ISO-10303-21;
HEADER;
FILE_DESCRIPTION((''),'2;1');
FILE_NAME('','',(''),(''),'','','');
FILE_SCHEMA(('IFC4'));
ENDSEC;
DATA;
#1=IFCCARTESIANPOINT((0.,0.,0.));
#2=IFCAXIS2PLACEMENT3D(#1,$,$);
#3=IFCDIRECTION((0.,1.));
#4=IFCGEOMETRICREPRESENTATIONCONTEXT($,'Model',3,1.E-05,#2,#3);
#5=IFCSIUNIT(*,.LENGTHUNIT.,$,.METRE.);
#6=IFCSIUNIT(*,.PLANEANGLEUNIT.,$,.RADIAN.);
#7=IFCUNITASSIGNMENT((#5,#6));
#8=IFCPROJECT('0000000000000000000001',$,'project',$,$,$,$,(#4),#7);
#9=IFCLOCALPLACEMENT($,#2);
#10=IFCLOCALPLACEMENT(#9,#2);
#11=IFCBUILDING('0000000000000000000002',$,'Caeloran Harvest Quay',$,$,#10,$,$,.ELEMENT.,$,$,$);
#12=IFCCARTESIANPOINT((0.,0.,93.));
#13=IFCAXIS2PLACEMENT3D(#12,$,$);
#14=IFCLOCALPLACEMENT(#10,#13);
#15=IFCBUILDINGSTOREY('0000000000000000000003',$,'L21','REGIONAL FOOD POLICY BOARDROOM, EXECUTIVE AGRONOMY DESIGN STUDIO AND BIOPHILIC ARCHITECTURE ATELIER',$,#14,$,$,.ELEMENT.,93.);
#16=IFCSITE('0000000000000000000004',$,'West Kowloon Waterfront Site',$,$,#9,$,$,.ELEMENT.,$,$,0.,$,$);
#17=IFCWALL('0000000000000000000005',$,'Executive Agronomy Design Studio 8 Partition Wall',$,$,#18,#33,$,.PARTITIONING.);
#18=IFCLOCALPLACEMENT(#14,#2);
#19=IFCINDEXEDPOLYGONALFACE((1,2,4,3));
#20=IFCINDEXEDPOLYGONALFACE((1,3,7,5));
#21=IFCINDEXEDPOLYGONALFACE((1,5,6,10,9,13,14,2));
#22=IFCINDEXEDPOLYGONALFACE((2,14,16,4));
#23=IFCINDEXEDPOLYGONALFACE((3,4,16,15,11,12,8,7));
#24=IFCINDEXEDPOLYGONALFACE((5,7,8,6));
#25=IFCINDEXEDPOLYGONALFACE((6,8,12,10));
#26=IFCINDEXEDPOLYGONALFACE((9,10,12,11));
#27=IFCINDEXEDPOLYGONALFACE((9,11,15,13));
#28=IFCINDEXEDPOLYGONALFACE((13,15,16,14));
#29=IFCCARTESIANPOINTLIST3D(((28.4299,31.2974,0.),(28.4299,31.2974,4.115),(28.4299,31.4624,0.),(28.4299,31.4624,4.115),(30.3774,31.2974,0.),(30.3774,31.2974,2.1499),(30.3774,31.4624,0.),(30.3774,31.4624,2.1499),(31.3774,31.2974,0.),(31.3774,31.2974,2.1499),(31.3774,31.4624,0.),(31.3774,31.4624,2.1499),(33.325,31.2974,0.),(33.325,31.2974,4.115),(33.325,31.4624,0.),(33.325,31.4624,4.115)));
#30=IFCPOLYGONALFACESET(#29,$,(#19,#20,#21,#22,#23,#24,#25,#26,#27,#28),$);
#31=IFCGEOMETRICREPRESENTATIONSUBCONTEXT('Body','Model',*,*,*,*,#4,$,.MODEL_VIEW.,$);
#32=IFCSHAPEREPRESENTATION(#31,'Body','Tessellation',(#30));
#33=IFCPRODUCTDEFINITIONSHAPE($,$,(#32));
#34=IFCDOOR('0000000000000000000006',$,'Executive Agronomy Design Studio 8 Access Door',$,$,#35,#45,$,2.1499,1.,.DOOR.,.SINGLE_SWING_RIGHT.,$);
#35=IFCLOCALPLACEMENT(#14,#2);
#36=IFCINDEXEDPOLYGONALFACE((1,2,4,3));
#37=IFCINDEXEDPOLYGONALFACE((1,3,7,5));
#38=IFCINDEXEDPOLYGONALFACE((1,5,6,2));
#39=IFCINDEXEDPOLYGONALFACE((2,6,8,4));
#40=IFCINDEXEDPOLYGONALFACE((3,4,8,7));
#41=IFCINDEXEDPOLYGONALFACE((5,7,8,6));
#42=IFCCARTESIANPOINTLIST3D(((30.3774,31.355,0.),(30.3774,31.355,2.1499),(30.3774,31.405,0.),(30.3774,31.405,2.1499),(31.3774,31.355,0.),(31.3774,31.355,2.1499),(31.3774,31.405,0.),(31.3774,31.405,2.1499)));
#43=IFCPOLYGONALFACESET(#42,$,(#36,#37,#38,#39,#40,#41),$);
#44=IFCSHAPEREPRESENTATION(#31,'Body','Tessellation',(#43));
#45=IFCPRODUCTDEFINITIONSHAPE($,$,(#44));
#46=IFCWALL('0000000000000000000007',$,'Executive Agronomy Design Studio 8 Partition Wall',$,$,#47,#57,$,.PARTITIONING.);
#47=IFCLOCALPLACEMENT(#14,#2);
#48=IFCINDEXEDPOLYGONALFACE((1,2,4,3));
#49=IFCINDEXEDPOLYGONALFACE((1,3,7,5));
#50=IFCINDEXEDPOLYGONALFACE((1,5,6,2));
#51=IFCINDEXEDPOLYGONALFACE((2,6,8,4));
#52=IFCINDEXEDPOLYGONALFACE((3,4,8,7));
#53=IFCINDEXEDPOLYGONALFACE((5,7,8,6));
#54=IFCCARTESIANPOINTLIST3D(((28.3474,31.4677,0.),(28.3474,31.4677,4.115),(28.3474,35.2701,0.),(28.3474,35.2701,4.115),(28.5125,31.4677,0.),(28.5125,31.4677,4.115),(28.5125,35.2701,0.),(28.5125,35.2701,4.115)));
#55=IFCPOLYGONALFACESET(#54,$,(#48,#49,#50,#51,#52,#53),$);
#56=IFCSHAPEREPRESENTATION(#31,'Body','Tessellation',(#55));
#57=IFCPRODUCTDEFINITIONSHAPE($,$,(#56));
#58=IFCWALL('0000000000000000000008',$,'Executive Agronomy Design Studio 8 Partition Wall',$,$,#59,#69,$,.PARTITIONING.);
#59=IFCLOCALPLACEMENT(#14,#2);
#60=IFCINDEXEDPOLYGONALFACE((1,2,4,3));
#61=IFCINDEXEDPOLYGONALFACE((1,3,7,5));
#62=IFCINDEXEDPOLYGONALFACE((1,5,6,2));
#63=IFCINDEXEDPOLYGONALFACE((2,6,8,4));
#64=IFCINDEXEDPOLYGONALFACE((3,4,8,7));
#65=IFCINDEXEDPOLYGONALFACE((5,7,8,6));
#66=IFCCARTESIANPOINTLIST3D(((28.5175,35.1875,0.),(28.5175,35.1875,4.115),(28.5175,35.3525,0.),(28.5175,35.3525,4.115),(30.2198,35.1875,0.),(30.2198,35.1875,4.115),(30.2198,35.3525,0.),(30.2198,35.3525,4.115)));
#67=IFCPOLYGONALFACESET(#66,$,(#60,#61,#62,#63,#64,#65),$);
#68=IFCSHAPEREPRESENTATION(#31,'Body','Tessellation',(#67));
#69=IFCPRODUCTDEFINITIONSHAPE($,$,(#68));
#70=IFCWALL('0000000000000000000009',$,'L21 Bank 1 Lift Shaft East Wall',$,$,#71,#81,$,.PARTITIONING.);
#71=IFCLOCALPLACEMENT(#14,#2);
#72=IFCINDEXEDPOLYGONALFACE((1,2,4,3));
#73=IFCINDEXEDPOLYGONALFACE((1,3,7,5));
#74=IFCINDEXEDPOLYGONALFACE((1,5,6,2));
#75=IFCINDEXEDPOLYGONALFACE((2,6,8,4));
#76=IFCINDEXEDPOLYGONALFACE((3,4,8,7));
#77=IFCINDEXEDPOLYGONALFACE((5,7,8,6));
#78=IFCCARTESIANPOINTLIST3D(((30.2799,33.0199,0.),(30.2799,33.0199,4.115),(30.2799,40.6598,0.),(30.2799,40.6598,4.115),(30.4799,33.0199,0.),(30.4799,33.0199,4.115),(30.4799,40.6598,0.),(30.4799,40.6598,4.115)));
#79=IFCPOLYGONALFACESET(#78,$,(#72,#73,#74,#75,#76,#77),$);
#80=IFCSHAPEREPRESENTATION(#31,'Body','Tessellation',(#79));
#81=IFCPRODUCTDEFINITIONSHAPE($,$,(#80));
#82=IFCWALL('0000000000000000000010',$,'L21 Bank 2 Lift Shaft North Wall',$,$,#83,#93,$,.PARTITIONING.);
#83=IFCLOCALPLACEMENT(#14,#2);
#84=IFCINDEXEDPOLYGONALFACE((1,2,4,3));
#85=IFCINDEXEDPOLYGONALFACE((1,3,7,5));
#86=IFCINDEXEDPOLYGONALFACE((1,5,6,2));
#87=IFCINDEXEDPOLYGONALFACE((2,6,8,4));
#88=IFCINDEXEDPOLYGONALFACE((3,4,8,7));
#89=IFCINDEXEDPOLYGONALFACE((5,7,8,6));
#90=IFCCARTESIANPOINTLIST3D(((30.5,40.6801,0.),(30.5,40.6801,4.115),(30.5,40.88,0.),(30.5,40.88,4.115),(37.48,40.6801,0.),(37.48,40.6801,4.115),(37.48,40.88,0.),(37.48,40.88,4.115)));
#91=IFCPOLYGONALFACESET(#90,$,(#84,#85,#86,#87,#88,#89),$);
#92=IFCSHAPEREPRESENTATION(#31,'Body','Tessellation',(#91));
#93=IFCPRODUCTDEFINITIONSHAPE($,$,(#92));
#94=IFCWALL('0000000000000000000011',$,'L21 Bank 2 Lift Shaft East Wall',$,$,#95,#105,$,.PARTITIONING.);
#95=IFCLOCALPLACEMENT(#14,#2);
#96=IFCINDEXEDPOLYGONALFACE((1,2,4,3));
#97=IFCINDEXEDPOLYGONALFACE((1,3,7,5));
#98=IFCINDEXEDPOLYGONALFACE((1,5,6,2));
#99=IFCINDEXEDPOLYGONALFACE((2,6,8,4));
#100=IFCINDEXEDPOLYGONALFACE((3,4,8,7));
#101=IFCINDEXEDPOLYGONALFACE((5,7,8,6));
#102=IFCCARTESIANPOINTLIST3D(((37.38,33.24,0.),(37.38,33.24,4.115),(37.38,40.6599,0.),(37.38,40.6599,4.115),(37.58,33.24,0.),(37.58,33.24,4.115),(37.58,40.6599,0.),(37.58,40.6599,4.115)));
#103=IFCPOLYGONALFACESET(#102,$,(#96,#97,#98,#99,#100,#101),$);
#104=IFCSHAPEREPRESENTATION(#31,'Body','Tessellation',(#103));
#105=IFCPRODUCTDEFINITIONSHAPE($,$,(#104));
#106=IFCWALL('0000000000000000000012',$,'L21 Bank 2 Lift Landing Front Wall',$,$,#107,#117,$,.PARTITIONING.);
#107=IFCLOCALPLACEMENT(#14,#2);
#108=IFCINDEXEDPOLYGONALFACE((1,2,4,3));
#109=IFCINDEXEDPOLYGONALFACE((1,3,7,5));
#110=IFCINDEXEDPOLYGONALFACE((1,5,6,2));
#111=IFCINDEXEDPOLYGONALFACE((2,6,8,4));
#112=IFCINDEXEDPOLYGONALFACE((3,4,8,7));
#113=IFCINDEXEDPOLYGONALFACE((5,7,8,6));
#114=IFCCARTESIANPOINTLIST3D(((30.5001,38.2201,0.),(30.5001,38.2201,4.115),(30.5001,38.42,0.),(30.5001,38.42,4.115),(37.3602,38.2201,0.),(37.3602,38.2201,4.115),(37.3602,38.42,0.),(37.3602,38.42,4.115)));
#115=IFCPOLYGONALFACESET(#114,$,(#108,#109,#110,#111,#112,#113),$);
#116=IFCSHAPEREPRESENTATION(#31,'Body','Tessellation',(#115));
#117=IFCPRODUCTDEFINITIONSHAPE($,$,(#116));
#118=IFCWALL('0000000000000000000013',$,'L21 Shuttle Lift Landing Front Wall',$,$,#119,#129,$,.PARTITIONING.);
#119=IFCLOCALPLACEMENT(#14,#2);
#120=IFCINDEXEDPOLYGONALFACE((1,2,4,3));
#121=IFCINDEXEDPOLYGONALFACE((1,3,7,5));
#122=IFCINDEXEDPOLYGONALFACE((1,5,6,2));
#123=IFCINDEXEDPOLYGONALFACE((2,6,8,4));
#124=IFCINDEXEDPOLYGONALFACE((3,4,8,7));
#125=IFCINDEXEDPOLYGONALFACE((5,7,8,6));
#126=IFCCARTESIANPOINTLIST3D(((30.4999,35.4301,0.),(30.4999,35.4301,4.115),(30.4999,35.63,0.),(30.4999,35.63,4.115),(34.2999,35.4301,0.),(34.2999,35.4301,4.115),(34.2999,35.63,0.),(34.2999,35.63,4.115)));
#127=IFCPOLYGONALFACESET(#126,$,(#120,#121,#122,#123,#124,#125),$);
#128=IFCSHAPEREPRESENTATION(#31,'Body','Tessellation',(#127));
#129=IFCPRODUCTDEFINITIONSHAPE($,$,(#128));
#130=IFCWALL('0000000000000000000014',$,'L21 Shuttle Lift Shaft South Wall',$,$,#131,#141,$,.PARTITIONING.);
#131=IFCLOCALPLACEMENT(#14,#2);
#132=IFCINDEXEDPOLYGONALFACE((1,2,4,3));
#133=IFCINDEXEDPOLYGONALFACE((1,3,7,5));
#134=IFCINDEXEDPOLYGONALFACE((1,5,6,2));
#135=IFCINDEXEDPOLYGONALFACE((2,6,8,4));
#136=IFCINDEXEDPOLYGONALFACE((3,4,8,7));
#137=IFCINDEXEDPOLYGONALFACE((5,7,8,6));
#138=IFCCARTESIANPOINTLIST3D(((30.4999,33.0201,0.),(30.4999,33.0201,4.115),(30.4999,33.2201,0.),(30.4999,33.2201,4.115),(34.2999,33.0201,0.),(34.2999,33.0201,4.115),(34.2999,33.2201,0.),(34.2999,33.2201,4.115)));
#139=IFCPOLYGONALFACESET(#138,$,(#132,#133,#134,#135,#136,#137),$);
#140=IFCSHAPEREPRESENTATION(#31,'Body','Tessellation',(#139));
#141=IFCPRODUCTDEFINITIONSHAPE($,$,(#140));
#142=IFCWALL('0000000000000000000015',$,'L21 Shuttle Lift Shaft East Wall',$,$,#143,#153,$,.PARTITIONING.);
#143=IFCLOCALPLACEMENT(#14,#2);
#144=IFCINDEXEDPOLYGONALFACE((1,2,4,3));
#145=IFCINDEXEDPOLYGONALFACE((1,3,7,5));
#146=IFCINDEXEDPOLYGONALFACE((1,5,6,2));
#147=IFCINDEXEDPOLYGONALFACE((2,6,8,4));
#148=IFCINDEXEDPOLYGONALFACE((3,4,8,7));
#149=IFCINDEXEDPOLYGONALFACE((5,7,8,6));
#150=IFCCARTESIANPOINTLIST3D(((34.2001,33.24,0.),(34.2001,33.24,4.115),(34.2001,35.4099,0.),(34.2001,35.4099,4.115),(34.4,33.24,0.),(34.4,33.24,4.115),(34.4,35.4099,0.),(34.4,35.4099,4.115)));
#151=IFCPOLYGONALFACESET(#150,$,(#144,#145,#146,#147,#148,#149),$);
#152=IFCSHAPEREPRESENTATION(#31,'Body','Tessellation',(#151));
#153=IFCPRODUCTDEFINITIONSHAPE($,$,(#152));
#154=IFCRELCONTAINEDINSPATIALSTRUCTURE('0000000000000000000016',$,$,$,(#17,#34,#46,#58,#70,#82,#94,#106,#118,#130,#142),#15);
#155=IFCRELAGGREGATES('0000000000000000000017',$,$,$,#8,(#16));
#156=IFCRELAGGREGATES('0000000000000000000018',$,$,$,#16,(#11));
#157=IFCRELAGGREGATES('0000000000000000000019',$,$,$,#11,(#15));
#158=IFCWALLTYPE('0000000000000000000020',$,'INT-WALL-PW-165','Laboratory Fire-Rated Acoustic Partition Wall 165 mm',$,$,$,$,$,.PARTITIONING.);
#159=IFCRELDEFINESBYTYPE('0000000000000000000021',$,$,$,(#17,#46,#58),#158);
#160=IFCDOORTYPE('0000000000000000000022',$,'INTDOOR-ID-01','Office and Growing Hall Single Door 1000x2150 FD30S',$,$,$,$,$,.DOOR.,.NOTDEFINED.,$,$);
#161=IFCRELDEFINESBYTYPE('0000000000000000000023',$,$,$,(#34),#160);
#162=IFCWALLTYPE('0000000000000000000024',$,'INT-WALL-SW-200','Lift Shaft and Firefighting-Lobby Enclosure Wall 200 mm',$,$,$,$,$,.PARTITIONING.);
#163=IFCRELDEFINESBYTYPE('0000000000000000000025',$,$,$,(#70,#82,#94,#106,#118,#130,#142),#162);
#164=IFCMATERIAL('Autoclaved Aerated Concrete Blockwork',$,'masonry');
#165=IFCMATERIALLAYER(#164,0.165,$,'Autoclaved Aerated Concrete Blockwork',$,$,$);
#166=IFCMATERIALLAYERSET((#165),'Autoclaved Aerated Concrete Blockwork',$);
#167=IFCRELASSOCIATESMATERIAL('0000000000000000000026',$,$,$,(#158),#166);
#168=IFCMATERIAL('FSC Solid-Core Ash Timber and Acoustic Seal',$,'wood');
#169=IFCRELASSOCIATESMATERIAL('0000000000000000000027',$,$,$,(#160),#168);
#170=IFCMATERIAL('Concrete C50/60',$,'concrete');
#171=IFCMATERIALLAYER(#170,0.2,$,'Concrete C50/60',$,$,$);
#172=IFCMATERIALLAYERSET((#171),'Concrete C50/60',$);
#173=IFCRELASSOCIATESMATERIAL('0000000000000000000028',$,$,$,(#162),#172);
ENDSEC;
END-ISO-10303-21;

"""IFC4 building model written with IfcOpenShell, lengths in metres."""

from ifc_helpers import new_model, si_unit, direction, frame, frame_2d, origin, place, context, subcontext, project, spatial, rectangle, extrude, material, layer, layer_set, type_object, element, fill, save


model = new_model("IFC4")

# Units and contexts
model_context = context("Model", 3, precision=1e-05, world=origin(), true_north=direction((0.0, 1.0)))
body_context = subcontext(model_context, "Body", "Model", "MODEL_VIEW")
ifc_project = project(units=[si_unit("LENGTHUNIT", "METRE"), si_unit("PLANEANGLEUNIT", "RADIAN")], contexts=[model_context])

# Site, building, storey
site_placement = place(None, origin())
site = spatial("IfcSite", under=ifc_project, at=site_placement, Name="West Kowloon Waterfront Site", CompositionType="ELEMENT", RefElevation=0.0)
building_placement = place(site_placement, origin())
building = spatial("IfcBuilding", under=site, at=building_placement, Name="Caeloran Harvest Quay", CompositionType="ELEMENT")
storey_placement = place(building_placement, frame((0.0, 0.0, 93.0)))
storey = spatial("IfcBuildingStorey", under=building, at=storey_placement, Name="L21", Description="REGIONAL FOOD POLICY BOARDROOM, EXECUTIVE AGRONOMY DESIGN STUDIO AND BIOPHILIC ARCHITECTURE ATELIER", CompositionType="ELEMENT", Elevation=93.0)

# Shared definitions
ifc_material_1 = material(Name="Autoclaved Aerated Concrete Blockwork", Category="masonry")
ifc_layer_1 = layer(ifc_material_1, 0.165, Name="Autoclaved Aerated Concrete Blockwork")
ifc_layer_set_1 = layer_set([ifc_layer_1], Name="Autoclaved Aerated Concrete Blockwork")
wall_type_1 = type_object("IfcWallType", Name="INT-WALL-PW-165", Description="Laboratory Fire-Rated Acoustic Partition Wall 165 mm", PredefinedType="PARTITIONING", material=ifc_layer_set_1)
ifc_material_2 = material(Name="FSC Solid-Core Ash Timber and Acoustic Seal", Category="wood")
door_type_1 = type_object("IfcDoorType", Name="INTDOOR-ID-01", Description="Office and Growing Hall Single Door 1000x2150 FD30S", OperationType="NOTDEFINED", PredefinedType="DOOR", material=ifc_material_2)

# Wall, opening, door
wall_1_placement = place(storey_placement, frame((33.325, 31.3799, 0.0), z_axis=(0.0, 0.0, 1.0), x_axis=(-1.0, 0.0, 0.0)))
wall_1 = element("IfcWall", 1, at=wall_1_placement, inside=storey, type_object=wall_type_1, Name="Executive Agronomy Design Studio 8 Partition Wall", PredefinedType="PARTITIONING", context=body_context, shape_type="SweptSolid", body=[
    extrude(rectangle(XDim=4.895, YDim=0.165, at=frame_2d((2.4475, 0.0))), origin(), (0.0, 0.0, 1.0), 4.115),
])
opening_1_placement = place(wall_1_placement, frame((1.9475, 0.0, 0.0)))
opening_1 = element("IfcOpeningElement", 2, at=opening_1_placement, cuts=wall_1, PredefinedType="OPENING", context=body_context, shape_type="SweptSolid", body=[
    extrude(rectangle(XDim=1.0, YDim=2.1499, at=frame_2d((0.5, 1.075))), frame((0.0, 0.0925, 0.0), z_axis=(0.0, -1.0, 0.0), x_axis=(1.0, 0.0, 0.0)), (0.0, 0.0, 1.0), 0.1851),
])
door_1_placement = place(opening_1_placement, origin())
door_1 = element("IfcDoor", 3, at=door_1_placement, inside=storey, type_object=door_type_1, Name="Executive Agronomy Design Studio 8 Access Door", OperationType="SINGLE_SWING_RIGHT", OverallHeight=2.1499, OverallWidth=1.0, PredefinedType="DOOR", context=body_context, shape_type="SweptSolid", body=[
    extrude(rectangle(XDim=1.0, YDim=2.1499, at=frame_2d((0.5, 1.075))), frame((0.0, 0.0249, 0.0), z_axis=(0.0, -1.0, 0.0), x_axis=(1.0, 0.0, 0.0)), (0.0, 0.0, 1.0), 0.05),
])
fill(opening_1, door_1)

# Walls
wall_2_placement = place(storey_placement, frame((28.4299, 31.4675, 0.0), z_axis=(0.0, 0.0, 1.0), x_axis=(0.0, 1.0, 0.0)))
element("IfcWall", 4, at=wall_2_placement, inside=storey, type_object=wall_type_1, Name="Executive Agronomy Design Studio 8 Partition Wall", PredefinedType="PARTITIONING", context=body_context, shape_type="SweptSolid", body=[
    extrude(rectangle(XDim=3.8025, YDim=0.165, at=frame_2d((1.9014, 0.0))), origin(), (0.0, 0.0, 1.0), 4.115),
])
wall_3_placement = place(storey_placement, frame((28.5176, 35.27, 0.0), z_axis=(0.0, 0.0, 1.0), x_axis=(1.0, 0.0, 0.0)))
element("IfcWall", 5, at=wall_3_placement, inside=storey, type_object=wall_type_1, Name="Executive Agronomy Design Studio 8 Partition Wall", PredefinedType="PARTITIONING", context=body_context, shape_type="SweptSolid", body=[
    extrude(rectangle(XDim=1.7024, YDim=0.165, at=frame_2d((0.8511, 0.0))), origin(), (0.0, 0.0, 1.0), 4.115),
])
ifc_material_3 = material(Name="Concrete C50/60", Category="concrete")
ifc_layer_2 = layer(ifc_material_3, 0.2, Name="Concrete C50/60")
ifc_layer_set_2 = layer_set([ifc_layer_2], Name="Concrete C50/60")
wall_type_2 = type_object("IfcWallType", Name="INT-WALL-SW-200", Description="Lift Shaft and Firefighting-Lobby Enclosure Wall 200 mm", PredefinedType="PARTITIONING", material=ifc_layer_set_2)
wall_4_placement = place(storey_placement, frame((30.3799, 33.02, 0.0), z_axis=(0.0, 0.0, 1.0), x_axis=(0.0, 1.0, 0.0)))
element("IfcWall", 6, at=wall_4_placement, inside=storey, type_object=wall_type_2, Name="L21 Bank 1 Lift Shaft East Wall", PredefinedType="PARTITIONING", context=body_context, shape_type="SweptSolid", body=[
    extrude(rectangle(XDim=7.6399, YDim=0.2, at=frame_2d((3.8198, 0.0))), origin(), (0.0, 0.0, 1.0), 4.115),
])
wall_5_placement = place(storey_placement, frame((30.5, 40.78, 0.0), z_axis=(0.0, 0.0, 1.0), x_axis=(1.0, 0.0, 0.0)))
element("IfcWall", 7, at=wall_5_placement, inside=storey, type_object=wall_type_2, Name="L21 Bank 2 Lift Shaft North Wall", PredefinedType="PARTITIONING", context=body_context, shape_type="SweptSolid", body=[
    extrude(rectangle(XDim=6.98, YDim=0.2, at=frame_2d((3.49, 0.0))), origin(), (0.0, 0.0, 1.0), 4.115),
])
wall_6_placement = place(storey_placement, frame((37.48, 33.24, 0.0), z_axis=(0.0, 0.0, 1.0), x_axis=(0.0, 1.0, 0.0)))
element("IfcWall", 8, at=wall_6_placement, inside=storey, type_object=wall_type_2, Name="L21 Bank 2 Lift Shaft East Wall", PredefinedType="PARTITIONING", context=body_context, shape_type="SweptSolid", body=[
    extrude(rectangle(XDim=7.4199, YDim=0.2, at=frame_2d((3.71, 0.0))), origin(), (0.0, 0.0, 1.0), 4.115),
])
wall_7_placement = place(storey_placement, frame((30.5, 38.3201, 0.0), z_axis=(0.0, 0.0, 1.0), x_axis=(1.0, 0.0, 0.0)))
element("IfcWall", 9, at=wall_7_placement, inside=storey, type_object=wall_type_2, Name="L21 Bank 2 Lift Landing Front Wall", PredefinedType="PARTITIONING", context=body_context, shape_type="SweptSolid", body=[
    extrude(rectangle(XDim=6.8601, YDim=0.2, at=frame_2d((3.4302, 0.0))), origin(), (0.0, 0.0, 1.0), 4.115),
])
for number, where, z_axis, x_axis, name in (
    (10, (30.5, 35.53, 0.0), (0.0, 0.0, 1.0), (1.0, 0.0, 0.0), "L21 Shuttle Lift Landing Front Wall"),
    (11, (30.5, 33.1201, 0.0), (0.0, 0.0, 1.0), (1.0, 0.0, 0.0), "L21 Shuttle Lift Shaft South Wall"),
):
    element("IfcWall", number, at=place(storey_placement, frame(where, z_axis=z_axis, x_axis=x_axis)), inside=storey, type_object=wall_type_2, Name=name, PredefinedType="PARTITIONING", context=body_context, shape_type="SweptSolid", body=[
        extrude(rectangle(XDim=3.8, YDim=0.2, at=frame_2d((1.8999, 0.0))), origin(), (0.0, 0.0, 1.0), 4.115),
    ])
wall_8_placement = place(storey_placement, frame((34.3, 33.24, 0.0), z_axis=(0.0, 0.0, 1.0), x_axis=(0.0, 1.0, 0.0)))
element("IfcWall", 12, at=wall_8_placement, inside=storey, type_object=wall_type_2, Name="L21 Shuttle Lift Shaft East Wall", PredefinedType="PARTITIONING", context=body_context, shape_type="SweptSolid", body=[
    extrude(rectangle(XDim=2.1699, YDim=0.2, at=frame_2d((1.085, 0.0))), origin(), (0.0, 0.0, 1.0), 4.115),
])

save(model, "model.ifc")
